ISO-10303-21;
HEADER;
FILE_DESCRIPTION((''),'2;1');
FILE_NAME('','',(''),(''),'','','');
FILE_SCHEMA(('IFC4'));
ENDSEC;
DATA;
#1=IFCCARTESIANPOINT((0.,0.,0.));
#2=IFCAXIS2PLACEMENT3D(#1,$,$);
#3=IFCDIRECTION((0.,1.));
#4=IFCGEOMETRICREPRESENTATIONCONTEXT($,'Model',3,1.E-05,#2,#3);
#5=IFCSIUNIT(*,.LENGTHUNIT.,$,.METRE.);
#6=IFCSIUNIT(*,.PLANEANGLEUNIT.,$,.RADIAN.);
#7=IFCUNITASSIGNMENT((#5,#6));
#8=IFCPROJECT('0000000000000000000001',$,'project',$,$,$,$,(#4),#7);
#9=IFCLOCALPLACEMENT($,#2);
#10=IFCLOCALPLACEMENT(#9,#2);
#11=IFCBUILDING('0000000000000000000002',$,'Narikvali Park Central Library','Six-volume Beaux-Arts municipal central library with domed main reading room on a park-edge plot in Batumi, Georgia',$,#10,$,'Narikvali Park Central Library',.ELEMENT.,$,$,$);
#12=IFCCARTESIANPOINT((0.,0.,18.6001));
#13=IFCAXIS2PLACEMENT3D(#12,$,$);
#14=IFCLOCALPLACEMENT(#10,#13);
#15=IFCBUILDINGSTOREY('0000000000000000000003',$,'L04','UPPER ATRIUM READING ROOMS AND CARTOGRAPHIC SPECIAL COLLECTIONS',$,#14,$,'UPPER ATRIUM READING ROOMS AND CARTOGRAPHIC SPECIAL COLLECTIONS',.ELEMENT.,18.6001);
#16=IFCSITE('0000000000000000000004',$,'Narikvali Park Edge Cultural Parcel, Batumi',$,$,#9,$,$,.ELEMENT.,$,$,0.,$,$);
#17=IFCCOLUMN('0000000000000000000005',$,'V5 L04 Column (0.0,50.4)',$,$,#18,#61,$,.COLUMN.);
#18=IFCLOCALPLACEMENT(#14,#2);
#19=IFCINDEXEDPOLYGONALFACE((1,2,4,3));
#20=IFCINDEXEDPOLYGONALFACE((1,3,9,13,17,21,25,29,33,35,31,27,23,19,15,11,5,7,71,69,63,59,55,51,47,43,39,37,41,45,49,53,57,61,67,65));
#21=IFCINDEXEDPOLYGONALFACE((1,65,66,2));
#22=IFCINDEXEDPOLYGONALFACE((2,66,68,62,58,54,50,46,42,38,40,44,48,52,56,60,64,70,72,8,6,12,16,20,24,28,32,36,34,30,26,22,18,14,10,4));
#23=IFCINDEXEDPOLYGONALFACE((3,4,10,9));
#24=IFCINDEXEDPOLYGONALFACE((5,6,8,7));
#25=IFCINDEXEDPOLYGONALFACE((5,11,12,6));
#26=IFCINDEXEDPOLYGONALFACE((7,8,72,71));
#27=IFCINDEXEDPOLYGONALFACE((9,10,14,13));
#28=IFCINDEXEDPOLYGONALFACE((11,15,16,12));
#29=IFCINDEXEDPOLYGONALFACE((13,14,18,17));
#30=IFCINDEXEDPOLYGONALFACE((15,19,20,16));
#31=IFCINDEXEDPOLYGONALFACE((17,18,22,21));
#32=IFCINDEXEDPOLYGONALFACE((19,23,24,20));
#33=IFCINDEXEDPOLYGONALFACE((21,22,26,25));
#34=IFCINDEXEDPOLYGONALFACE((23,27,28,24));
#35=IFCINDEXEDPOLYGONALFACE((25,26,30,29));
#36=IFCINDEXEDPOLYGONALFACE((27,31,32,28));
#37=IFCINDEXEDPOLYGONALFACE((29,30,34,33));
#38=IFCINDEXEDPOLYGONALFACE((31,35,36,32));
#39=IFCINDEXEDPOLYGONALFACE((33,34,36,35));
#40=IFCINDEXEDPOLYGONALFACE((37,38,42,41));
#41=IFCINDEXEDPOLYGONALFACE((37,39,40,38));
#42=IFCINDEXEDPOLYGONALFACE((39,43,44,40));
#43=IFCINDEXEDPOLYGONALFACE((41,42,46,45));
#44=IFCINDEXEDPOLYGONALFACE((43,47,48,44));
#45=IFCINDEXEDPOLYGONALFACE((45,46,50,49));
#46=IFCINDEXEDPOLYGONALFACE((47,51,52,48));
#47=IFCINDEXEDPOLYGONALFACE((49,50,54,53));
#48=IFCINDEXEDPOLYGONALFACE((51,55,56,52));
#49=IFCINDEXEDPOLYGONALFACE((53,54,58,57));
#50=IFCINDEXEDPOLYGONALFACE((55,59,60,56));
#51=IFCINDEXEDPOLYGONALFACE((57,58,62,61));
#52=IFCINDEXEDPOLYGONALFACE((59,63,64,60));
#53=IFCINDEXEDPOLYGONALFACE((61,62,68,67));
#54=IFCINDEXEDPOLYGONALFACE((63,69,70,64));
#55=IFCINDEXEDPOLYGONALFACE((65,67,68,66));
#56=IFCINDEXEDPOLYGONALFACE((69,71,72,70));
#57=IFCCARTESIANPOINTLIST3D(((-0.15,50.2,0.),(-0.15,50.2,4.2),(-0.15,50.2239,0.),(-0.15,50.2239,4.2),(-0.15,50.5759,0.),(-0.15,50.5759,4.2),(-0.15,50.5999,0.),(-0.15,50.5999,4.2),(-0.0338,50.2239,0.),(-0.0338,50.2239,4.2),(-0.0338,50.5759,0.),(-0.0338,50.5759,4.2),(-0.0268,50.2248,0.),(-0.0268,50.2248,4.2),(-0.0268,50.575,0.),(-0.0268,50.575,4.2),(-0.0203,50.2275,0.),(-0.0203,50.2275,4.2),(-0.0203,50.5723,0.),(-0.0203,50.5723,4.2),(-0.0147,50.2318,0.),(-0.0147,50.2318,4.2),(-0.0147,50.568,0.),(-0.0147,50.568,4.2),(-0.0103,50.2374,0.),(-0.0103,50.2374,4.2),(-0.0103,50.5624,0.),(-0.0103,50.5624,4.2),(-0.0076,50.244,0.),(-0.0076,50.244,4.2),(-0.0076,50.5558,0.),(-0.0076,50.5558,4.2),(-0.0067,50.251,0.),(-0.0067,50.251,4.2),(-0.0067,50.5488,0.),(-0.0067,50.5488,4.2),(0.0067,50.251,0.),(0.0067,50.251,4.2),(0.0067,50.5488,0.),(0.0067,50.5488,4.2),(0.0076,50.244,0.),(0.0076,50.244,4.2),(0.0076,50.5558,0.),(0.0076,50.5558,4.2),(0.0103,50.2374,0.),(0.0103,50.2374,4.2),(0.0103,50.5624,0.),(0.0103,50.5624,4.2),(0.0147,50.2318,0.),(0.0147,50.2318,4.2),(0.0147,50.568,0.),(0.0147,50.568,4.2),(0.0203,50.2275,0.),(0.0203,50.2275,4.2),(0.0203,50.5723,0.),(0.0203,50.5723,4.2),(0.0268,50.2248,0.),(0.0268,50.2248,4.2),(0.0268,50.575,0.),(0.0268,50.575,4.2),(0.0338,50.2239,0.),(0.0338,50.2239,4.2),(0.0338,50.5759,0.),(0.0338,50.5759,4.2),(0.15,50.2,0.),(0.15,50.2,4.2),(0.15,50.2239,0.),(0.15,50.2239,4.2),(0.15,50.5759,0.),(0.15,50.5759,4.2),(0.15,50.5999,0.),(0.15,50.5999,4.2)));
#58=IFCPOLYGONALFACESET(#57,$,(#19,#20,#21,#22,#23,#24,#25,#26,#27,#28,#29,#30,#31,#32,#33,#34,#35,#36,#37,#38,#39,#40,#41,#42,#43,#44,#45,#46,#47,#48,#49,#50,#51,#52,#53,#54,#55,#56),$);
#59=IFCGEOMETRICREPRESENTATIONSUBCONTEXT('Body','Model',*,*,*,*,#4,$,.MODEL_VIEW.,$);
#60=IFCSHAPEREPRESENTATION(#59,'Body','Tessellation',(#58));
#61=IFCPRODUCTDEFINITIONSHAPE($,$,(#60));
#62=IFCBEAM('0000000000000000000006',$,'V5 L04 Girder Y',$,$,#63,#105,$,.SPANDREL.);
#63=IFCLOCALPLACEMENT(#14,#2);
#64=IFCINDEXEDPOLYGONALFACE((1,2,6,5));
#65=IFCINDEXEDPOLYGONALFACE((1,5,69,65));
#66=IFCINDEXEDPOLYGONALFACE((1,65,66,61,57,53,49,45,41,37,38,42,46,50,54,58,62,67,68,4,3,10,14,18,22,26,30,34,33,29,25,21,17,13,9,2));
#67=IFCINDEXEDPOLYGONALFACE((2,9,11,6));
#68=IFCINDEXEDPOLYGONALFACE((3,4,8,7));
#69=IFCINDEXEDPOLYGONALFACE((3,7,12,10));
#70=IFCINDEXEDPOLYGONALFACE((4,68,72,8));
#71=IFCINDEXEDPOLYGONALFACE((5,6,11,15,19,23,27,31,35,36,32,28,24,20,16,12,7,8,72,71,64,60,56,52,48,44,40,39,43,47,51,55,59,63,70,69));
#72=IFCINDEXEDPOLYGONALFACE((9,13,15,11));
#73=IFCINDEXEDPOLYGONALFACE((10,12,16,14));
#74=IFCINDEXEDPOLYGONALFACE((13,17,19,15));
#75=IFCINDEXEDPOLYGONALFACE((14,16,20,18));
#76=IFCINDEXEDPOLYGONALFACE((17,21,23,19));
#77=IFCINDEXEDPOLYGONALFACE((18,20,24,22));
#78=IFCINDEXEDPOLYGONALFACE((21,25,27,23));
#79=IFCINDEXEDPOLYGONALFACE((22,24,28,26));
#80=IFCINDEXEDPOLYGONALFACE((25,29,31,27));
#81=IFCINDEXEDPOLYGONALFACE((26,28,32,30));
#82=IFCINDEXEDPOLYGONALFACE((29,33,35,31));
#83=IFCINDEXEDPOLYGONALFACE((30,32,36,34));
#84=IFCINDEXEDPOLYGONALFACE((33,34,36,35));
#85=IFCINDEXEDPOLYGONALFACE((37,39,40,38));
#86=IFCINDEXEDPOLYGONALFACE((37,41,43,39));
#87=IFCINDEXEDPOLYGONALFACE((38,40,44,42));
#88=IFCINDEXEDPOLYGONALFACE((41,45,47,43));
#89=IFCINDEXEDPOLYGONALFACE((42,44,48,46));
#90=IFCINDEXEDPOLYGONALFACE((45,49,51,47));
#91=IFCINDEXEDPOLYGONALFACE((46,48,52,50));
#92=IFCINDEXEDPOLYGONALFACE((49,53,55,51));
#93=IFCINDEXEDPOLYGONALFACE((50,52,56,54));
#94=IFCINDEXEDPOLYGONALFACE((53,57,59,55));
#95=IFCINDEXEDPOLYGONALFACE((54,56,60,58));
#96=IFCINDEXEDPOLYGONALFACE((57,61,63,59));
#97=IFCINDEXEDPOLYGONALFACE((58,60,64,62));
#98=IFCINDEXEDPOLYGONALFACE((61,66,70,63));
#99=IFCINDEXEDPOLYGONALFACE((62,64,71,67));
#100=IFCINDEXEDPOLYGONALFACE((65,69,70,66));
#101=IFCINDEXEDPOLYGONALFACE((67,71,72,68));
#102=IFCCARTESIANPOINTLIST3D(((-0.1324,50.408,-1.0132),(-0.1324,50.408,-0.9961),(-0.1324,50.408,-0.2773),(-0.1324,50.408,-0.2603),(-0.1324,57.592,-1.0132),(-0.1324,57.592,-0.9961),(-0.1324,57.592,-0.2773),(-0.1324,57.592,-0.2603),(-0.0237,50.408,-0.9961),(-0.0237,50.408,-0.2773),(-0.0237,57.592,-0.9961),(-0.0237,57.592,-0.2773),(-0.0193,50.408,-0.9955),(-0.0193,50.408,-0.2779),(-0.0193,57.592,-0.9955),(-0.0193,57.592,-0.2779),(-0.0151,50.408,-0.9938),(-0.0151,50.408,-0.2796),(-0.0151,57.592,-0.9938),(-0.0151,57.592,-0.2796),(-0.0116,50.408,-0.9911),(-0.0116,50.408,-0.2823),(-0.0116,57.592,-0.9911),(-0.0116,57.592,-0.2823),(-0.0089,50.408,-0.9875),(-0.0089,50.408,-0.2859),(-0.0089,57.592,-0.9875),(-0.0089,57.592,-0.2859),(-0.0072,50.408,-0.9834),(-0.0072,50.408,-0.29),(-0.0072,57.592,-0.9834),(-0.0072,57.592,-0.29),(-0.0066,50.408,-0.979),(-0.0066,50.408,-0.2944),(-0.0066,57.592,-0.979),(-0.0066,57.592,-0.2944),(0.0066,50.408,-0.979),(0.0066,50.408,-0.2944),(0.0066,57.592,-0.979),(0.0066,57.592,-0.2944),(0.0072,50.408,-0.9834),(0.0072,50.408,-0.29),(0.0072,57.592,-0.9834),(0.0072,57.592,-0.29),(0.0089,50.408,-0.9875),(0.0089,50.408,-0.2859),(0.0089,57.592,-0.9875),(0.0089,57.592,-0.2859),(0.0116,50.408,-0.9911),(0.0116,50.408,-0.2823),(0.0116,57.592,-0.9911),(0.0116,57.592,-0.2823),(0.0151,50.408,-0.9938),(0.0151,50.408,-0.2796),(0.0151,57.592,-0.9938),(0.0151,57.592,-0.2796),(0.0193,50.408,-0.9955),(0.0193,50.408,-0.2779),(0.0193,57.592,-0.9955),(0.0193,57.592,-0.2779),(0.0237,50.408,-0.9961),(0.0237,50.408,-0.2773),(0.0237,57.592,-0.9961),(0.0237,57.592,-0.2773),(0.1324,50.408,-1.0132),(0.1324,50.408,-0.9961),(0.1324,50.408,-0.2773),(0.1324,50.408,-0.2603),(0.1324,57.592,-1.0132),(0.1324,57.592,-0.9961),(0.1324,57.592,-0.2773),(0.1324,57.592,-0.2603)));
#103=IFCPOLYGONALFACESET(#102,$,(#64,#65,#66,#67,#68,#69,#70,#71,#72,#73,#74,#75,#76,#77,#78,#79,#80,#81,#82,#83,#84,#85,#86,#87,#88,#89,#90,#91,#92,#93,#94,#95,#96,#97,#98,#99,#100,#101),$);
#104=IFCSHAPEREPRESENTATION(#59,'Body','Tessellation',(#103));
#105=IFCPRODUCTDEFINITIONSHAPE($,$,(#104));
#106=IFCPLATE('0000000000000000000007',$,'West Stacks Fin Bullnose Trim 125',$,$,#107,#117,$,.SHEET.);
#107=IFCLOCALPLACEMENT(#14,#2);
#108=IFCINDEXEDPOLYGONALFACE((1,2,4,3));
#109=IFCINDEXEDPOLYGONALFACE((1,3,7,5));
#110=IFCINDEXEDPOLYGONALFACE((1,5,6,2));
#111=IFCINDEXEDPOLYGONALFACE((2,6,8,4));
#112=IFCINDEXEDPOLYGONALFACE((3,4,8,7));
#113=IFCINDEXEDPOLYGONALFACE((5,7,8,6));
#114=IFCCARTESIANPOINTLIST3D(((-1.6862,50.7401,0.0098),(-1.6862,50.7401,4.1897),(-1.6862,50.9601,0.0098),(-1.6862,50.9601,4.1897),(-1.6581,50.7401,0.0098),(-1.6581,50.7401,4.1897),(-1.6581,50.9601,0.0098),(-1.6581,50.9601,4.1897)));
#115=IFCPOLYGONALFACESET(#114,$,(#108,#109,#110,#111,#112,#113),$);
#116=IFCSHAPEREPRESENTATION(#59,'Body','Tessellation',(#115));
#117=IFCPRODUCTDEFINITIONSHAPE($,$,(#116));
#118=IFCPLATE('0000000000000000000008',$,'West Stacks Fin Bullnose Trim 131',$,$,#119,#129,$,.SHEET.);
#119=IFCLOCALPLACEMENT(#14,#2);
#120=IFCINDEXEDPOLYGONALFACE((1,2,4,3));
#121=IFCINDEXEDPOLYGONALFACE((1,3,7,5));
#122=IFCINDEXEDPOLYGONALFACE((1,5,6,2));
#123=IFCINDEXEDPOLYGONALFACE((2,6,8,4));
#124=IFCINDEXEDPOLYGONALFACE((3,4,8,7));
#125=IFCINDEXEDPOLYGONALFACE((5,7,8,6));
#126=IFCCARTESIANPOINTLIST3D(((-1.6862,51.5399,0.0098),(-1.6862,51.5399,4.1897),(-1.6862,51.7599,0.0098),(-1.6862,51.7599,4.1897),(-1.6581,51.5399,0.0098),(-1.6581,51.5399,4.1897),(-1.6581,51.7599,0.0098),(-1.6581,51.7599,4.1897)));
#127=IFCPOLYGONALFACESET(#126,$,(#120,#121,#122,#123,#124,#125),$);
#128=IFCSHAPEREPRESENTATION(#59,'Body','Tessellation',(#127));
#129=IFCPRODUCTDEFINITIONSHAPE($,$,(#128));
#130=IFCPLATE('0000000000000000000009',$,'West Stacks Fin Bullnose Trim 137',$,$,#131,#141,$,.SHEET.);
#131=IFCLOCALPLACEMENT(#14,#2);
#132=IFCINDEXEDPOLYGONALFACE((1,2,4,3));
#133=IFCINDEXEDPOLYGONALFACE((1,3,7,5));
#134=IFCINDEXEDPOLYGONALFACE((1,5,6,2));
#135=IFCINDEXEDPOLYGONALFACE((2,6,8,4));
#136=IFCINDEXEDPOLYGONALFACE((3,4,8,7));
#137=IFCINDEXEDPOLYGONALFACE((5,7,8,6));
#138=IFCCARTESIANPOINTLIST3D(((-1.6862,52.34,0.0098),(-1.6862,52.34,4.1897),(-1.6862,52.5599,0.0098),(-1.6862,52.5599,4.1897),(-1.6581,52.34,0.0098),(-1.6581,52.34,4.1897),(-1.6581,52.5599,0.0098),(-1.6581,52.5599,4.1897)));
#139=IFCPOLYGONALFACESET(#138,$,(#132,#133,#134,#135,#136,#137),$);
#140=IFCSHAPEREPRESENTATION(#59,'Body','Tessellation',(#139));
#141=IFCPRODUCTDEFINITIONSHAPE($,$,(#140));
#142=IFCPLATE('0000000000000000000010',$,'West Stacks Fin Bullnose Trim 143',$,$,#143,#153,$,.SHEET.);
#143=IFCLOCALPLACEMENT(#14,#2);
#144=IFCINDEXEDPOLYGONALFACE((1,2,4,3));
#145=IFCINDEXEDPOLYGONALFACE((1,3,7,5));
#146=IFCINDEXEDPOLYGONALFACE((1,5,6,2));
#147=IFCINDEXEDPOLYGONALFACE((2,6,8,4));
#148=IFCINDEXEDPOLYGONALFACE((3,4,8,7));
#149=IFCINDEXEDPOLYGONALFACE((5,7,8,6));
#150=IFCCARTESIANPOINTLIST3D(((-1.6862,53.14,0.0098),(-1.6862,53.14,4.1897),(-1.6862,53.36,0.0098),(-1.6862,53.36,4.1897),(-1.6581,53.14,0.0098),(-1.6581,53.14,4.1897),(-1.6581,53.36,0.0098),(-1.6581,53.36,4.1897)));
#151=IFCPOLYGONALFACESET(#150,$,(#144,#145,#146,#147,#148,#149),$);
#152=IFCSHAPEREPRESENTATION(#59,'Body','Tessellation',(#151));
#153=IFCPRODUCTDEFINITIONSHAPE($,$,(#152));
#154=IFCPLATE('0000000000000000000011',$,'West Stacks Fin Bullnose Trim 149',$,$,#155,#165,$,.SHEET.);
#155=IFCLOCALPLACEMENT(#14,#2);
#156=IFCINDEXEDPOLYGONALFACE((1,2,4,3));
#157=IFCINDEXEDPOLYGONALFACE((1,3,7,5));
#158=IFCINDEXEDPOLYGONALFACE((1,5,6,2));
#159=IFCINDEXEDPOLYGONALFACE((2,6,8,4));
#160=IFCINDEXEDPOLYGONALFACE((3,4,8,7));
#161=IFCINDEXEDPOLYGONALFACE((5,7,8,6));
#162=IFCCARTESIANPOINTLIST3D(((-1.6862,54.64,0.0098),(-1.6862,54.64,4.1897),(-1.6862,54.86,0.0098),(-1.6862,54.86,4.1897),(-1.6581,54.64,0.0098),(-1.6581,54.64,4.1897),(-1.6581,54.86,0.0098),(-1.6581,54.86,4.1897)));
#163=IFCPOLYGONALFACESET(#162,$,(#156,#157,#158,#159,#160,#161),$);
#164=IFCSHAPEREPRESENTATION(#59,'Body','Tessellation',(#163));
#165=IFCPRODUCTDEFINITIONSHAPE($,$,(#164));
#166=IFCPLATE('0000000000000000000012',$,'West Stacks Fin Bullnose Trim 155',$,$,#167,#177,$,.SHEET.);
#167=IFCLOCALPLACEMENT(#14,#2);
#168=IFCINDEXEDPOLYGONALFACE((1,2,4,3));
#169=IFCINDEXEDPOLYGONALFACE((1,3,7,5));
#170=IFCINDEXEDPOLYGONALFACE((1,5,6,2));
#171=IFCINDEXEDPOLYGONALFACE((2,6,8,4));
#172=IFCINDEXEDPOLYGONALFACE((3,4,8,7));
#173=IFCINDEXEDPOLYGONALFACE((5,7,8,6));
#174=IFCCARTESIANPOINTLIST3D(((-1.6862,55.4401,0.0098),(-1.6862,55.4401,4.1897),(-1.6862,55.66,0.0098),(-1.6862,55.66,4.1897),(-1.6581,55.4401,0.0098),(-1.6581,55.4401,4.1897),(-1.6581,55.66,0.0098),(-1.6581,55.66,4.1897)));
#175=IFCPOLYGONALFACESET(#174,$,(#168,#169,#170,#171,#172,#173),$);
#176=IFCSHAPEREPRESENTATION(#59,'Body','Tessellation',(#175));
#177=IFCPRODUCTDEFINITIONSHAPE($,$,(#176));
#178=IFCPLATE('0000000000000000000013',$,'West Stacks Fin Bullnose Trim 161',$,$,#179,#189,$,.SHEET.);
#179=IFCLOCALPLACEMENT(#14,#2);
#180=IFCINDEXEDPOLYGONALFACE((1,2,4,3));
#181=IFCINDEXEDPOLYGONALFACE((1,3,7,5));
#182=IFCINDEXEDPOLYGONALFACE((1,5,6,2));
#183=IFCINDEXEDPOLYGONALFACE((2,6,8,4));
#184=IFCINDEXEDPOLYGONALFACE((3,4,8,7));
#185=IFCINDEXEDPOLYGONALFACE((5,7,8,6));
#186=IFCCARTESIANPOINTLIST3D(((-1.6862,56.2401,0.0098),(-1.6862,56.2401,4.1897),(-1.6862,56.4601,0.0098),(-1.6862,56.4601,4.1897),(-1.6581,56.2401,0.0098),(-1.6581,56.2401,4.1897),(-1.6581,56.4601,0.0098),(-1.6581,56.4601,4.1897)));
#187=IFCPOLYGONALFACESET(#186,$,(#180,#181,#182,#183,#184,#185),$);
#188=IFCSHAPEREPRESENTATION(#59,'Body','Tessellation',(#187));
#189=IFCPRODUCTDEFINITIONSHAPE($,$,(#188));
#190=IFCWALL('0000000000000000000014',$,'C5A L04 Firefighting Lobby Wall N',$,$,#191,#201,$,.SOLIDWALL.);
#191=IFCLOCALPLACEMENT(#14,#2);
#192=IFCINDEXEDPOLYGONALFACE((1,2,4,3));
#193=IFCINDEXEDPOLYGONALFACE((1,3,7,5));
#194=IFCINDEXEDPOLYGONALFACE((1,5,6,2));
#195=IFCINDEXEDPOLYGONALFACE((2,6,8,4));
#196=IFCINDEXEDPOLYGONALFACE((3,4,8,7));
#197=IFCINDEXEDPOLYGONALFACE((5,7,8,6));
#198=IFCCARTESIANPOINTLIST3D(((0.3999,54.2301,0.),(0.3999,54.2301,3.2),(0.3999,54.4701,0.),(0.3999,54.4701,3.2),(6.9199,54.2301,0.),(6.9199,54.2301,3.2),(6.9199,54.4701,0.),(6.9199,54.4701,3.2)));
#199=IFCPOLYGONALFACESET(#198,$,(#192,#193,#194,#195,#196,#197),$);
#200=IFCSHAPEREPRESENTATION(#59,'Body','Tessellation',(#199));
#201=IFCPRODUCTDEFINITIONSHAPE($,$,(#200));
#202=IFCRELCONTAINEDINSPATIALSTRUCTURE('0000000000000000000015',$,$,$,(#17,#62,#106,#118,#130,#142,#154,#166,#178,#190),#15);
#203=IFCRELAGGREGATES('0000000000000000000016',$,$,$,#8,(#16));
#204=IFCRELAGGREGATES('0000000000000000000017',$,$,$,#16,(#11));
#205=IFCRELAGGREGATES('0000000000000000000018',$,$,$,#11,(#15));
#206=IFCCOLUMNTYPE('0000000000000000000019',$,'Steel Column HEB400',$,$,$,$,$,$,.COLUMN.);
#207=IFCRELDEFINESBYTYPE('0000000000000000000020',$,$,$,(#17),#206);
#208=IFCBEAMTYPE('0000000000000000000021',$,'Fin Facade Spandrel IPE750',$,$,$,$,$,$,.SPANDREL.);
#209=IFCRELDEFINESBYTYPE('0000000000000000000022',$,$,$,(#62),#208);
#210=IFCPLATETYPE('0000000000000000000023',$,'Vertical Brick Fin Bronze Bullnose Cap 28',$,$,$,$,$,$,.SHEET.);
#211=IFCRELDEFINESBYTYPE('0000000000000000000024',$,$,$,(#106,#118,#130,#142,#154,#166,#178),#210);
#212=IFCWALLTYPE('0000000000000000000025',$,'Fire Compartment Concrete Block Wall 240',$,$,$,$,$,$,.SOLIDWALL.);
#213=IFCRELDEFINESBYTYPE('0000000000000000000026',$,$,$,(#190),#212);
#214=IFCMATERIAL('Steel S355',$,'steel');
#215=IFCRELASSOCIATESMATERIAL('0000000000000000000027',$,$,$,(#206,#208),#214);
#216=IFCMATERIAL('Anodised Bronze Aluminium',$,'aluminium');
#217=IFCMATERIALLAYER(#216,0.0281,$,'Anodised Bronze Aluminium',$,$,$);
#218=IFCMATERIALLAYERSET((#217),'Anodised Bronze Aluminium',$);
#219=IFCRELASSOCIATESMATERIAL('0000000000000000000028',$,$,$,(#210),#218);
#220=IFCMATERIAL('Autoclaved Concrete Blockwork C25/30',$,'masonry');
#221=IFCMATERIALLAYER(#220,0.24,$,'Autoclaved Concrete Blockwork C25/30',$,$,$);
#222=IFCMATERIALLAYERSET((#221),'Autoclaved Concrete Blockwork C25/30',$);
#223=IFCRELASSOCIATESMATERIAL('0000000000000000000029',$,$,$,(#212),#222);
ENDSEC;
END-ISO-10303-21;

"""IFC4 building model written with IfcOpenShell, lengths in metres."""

from ifc_helpers import new_model, si_unit, direction, frame, frame_2d, origin, origin_2d, place, context, subcontext, project, spatial, rectangle, i_section, extrude, material, layer, layer_set, material_profile, profile_set, type_object, element, save


model = new_model("IFC4")

# Units and contexts
model_context = context("Model", 3, precision=1e-05, world=origin(), true_north=direction((0.0, 1.0)))
body_context = subcontext(model_context, "Body", "Model", "MODEL_VIEW")
ifc_project = project(units=[si_unit("LENGTHUNIT", "METRE"), si_unit("PLANEANGLEUNIT", "RADIAN")], contexts=[model_context])

# Site, building, storey
site_placement = place(None, origin())
site = spatial("IfcSite", under=ifc_project, at=site_placement, Name="Narikvali Park Edge Cultural Parcel, Batumi", CompositionType="ELEMENT", RefElevation=0.0)
building_placement = place(site_placement, origin())
building = spatial("IfcBuilding", under=site, at=building_placement, Name="Narikvali Park Central Library", Description="Six-volume Beaux-Arts municipal central library with domed main reading room on a park-edge plot in Batumi, Georgia", LongName="Narikvali Park Central Library", CompositionType="ELEMENT")
storey_placement = place(building_placement, frame((0.0, 0.0, 18.6001)))
storey = spatial("IfcBuildingStorey", under=building, at=storey_placement, Name="L04", Description="UPPER ATRIUM READING ROOMS AND CARTOGRAPHIC SPECIAL COLLECTIONS", LongName="UPPER ATRIUM READING ROOMS AND CARTOGRAPHIC SPECIAL COLLECTIONS", CompositionType="ELEMENT", Elevation=18.6001)

# Column
ifc_material_1 = material(Name="Steel S355", Category="steel")
ifc_material_profile_1 = material_profile(ifc_material_1, i_section(OverallWidth=0.3, OverallDepth=0.3999, WebThickness=0.0134, FlangeThickness=0.0239, FilletRadius=0.0271, at=origin_2d()), Name="HEB 400")
ifc_profile_set_1 = profile_set([ifc_material_profile_1], Name="Steel S355")
column_type = type_object("IfcColumnType", Name="Steel Column HEB400", PredefinedType="COLUMN", material=ifc_profile_set_1)
column_placement = place(storey_placement, frame((0.0, 50.3999, 0.0), z_axis=(0.0, 0.0, 1.0), x_axis=(1.0, 0.0, 0.0)))
element("IfcColumn", 1, at=column_placement, inside=storey, type_object=column_type, Name="V5 L04 Column (0.0,50.4)", PredefinedType="COLUMN", context=body_context, shape_type="SweptSolid", body=[
    extrude(i_section(OverallWidth=0.3, OverallDepth=0.3999, WebThickness=0.0134, FlangeThickness=0.0239, FilletRadius=0.0271, at=origin_2d()), origin(), (0.0, 0.0, 1.0), 4.2),
])

# Beam
ifc_material_profile_2 = material_profile(ifc_material_1, i_section(OverallWidth=0.2649, OverallDepth=0.7529, WebThickness=0.0132, FlangeThickness=0.0171, FilletRadius=0.0171, at=origin_2d()), Name="IPE 750x147")
ifc_profile_set_2 = profile_set([ifc_material_profile_2], Name="Steel S355")
beam_type = type_object("IfcBeamType", Name="Fin Facade Spandrel IPE750", PredefinedType="SPANDREL", material=ifc_profile_set_2)
beam_placement = place(storey_placement, frame((0.0, 50.408, -0.6367), z_axis=(0.0, 1.0, 0.0), x_axis=(-1.0, 0.0, 0.0)))
element("IfcBeam", 2, at=beam_placement, inside=storey, type_object=beam_type, Name="V5 L04 Girder Y", PredefinedType="SPANDREL", context=body_context, shape_type="SweptSolid", body=[
    extrude(i_section(OverallWidth=0.2649, OverallDepth=0.7529, WebThickness=0.0132, FlangeThickness=0.0171, FilletRadius=0.0171, at=origin_2d()), origin(), (0.0, 0.0, 1.0), 7.1841),
])

# Plates
ifc_material_2 = material(Name="Anodised Bronze Aluminium", Category="aluminium")
ifc_layer_1 = layer(ifc_material_2, 0.0281, Name="Anodised Bronze Aluminium")
ifc_layer_set_1 = layer_set([ifc_layer_1], Name="Anodised Bronze Aluminium")
plate_type = type_object("IfcPlateType", Name="Vertical Brick Fin Bronze Bullnose Cap 28", PredefinedType="SHEET", material=ifc_layer_set_1)
for number, where, z_axis, x_axis, name in (
    (3, (-1.6721, 50.8501, 0.0098), (0.0, 0.0, 1.0), (1.0, 0.0, 0.0), "West Stacks Fin Bullnose Trim 125"),
    (4, (-1.6721, 51.6499, 0.0098), (0.0, 0.0, 1.0), (1.0, 0.0, 0.0), "West Stacks Fin Bullnose Trim 131"),
    (5, (-1.6721, 52.45, 0.0098), (0.0, 0.0, 1.0), (1.0, 0.0, 0.0), "West Stacks Fin Bullnose Trim 137"),
    (6, (-1.6721, 53.25, 0.0098), (0.0, 0.0, 1.0), (1.0, 0.0, 0.0), "West Stacks Fin Bullnose Trim 143"),
    (7, (-1.6721, 54.75, 0.0098), (0.0, 0.0, 1.0), (1.0, 0.0, 0.0), "West Stacks Fin Bullnose Trim 149"),
    (8, (-1.6721, 55.55, 0.0098), (0.0, 0.0, 1.0), (1.0, 0.0, 0.0), "West Stacks Fin Bullnose Trim 155"),
    (9, (-1.6721, 56.3501, 0.0098), (0.0, 0.0, 1.0), (1.0, 0.0, 0.0), "West Stacks Fin Bullnose Trim 161"),
):
    element("IfcPlate", number, at=place(storey_placement, frame(where, z_axis=z_axis, x_axis=x_axis)), inside=storey, type_object=plate_type, Name=name, PredefinedType="SHEET", context=body_context, shape_type="SweptSolid", body=[
        extrude(rectangle(XDim=0.0281, YDim=0.22, at=origin_2d()), origin(), (0.0, 0.0, 1.0), 4.1799),
    ])

# Wall
ifc_material_3 = material(Name="Autoclaved Concrete Blockwork C25/30", Category="masonry")
ifc_layer_2 = layer(ifc_material_3, 0.24, Name="Autoclaved Concrete Blockwork C25/30")
ifc_layer_set_2 = layer_set([ifc_layer_2], Name="Autoclaved Concrete Blockwork C25/30")
wall_type_1 = type_object("IfcWallType", Name="Fire Compartment Concrete Block Wall 240", PredefinedType="SOLIDWALL", material=ifc_layer_set_2)
wall_1_placement = place(storey_placement, frame((0.3999, 54.3501, 0.0), z_axis=(0.0, 0.0, 1.0), x_axis=(1.0, 0.0, 0.0)))
element("IfcWall", 10, at=wall_1_placement, inside=storey, type_object=wall_type_1, Name="C5A L04 Firefighting Lobby Wall N", PredefinedType="SOLIDWALL", context=body_context, shape_type="SweptSolid", body=[
    extrude(rectangle(XDim=6.52, YDim=0.24, at=frame_2d((3.26, 0.0))), origin(), (0.0, 0.0, 1.0), 3.2),
])

save(model, "model.ifc")
